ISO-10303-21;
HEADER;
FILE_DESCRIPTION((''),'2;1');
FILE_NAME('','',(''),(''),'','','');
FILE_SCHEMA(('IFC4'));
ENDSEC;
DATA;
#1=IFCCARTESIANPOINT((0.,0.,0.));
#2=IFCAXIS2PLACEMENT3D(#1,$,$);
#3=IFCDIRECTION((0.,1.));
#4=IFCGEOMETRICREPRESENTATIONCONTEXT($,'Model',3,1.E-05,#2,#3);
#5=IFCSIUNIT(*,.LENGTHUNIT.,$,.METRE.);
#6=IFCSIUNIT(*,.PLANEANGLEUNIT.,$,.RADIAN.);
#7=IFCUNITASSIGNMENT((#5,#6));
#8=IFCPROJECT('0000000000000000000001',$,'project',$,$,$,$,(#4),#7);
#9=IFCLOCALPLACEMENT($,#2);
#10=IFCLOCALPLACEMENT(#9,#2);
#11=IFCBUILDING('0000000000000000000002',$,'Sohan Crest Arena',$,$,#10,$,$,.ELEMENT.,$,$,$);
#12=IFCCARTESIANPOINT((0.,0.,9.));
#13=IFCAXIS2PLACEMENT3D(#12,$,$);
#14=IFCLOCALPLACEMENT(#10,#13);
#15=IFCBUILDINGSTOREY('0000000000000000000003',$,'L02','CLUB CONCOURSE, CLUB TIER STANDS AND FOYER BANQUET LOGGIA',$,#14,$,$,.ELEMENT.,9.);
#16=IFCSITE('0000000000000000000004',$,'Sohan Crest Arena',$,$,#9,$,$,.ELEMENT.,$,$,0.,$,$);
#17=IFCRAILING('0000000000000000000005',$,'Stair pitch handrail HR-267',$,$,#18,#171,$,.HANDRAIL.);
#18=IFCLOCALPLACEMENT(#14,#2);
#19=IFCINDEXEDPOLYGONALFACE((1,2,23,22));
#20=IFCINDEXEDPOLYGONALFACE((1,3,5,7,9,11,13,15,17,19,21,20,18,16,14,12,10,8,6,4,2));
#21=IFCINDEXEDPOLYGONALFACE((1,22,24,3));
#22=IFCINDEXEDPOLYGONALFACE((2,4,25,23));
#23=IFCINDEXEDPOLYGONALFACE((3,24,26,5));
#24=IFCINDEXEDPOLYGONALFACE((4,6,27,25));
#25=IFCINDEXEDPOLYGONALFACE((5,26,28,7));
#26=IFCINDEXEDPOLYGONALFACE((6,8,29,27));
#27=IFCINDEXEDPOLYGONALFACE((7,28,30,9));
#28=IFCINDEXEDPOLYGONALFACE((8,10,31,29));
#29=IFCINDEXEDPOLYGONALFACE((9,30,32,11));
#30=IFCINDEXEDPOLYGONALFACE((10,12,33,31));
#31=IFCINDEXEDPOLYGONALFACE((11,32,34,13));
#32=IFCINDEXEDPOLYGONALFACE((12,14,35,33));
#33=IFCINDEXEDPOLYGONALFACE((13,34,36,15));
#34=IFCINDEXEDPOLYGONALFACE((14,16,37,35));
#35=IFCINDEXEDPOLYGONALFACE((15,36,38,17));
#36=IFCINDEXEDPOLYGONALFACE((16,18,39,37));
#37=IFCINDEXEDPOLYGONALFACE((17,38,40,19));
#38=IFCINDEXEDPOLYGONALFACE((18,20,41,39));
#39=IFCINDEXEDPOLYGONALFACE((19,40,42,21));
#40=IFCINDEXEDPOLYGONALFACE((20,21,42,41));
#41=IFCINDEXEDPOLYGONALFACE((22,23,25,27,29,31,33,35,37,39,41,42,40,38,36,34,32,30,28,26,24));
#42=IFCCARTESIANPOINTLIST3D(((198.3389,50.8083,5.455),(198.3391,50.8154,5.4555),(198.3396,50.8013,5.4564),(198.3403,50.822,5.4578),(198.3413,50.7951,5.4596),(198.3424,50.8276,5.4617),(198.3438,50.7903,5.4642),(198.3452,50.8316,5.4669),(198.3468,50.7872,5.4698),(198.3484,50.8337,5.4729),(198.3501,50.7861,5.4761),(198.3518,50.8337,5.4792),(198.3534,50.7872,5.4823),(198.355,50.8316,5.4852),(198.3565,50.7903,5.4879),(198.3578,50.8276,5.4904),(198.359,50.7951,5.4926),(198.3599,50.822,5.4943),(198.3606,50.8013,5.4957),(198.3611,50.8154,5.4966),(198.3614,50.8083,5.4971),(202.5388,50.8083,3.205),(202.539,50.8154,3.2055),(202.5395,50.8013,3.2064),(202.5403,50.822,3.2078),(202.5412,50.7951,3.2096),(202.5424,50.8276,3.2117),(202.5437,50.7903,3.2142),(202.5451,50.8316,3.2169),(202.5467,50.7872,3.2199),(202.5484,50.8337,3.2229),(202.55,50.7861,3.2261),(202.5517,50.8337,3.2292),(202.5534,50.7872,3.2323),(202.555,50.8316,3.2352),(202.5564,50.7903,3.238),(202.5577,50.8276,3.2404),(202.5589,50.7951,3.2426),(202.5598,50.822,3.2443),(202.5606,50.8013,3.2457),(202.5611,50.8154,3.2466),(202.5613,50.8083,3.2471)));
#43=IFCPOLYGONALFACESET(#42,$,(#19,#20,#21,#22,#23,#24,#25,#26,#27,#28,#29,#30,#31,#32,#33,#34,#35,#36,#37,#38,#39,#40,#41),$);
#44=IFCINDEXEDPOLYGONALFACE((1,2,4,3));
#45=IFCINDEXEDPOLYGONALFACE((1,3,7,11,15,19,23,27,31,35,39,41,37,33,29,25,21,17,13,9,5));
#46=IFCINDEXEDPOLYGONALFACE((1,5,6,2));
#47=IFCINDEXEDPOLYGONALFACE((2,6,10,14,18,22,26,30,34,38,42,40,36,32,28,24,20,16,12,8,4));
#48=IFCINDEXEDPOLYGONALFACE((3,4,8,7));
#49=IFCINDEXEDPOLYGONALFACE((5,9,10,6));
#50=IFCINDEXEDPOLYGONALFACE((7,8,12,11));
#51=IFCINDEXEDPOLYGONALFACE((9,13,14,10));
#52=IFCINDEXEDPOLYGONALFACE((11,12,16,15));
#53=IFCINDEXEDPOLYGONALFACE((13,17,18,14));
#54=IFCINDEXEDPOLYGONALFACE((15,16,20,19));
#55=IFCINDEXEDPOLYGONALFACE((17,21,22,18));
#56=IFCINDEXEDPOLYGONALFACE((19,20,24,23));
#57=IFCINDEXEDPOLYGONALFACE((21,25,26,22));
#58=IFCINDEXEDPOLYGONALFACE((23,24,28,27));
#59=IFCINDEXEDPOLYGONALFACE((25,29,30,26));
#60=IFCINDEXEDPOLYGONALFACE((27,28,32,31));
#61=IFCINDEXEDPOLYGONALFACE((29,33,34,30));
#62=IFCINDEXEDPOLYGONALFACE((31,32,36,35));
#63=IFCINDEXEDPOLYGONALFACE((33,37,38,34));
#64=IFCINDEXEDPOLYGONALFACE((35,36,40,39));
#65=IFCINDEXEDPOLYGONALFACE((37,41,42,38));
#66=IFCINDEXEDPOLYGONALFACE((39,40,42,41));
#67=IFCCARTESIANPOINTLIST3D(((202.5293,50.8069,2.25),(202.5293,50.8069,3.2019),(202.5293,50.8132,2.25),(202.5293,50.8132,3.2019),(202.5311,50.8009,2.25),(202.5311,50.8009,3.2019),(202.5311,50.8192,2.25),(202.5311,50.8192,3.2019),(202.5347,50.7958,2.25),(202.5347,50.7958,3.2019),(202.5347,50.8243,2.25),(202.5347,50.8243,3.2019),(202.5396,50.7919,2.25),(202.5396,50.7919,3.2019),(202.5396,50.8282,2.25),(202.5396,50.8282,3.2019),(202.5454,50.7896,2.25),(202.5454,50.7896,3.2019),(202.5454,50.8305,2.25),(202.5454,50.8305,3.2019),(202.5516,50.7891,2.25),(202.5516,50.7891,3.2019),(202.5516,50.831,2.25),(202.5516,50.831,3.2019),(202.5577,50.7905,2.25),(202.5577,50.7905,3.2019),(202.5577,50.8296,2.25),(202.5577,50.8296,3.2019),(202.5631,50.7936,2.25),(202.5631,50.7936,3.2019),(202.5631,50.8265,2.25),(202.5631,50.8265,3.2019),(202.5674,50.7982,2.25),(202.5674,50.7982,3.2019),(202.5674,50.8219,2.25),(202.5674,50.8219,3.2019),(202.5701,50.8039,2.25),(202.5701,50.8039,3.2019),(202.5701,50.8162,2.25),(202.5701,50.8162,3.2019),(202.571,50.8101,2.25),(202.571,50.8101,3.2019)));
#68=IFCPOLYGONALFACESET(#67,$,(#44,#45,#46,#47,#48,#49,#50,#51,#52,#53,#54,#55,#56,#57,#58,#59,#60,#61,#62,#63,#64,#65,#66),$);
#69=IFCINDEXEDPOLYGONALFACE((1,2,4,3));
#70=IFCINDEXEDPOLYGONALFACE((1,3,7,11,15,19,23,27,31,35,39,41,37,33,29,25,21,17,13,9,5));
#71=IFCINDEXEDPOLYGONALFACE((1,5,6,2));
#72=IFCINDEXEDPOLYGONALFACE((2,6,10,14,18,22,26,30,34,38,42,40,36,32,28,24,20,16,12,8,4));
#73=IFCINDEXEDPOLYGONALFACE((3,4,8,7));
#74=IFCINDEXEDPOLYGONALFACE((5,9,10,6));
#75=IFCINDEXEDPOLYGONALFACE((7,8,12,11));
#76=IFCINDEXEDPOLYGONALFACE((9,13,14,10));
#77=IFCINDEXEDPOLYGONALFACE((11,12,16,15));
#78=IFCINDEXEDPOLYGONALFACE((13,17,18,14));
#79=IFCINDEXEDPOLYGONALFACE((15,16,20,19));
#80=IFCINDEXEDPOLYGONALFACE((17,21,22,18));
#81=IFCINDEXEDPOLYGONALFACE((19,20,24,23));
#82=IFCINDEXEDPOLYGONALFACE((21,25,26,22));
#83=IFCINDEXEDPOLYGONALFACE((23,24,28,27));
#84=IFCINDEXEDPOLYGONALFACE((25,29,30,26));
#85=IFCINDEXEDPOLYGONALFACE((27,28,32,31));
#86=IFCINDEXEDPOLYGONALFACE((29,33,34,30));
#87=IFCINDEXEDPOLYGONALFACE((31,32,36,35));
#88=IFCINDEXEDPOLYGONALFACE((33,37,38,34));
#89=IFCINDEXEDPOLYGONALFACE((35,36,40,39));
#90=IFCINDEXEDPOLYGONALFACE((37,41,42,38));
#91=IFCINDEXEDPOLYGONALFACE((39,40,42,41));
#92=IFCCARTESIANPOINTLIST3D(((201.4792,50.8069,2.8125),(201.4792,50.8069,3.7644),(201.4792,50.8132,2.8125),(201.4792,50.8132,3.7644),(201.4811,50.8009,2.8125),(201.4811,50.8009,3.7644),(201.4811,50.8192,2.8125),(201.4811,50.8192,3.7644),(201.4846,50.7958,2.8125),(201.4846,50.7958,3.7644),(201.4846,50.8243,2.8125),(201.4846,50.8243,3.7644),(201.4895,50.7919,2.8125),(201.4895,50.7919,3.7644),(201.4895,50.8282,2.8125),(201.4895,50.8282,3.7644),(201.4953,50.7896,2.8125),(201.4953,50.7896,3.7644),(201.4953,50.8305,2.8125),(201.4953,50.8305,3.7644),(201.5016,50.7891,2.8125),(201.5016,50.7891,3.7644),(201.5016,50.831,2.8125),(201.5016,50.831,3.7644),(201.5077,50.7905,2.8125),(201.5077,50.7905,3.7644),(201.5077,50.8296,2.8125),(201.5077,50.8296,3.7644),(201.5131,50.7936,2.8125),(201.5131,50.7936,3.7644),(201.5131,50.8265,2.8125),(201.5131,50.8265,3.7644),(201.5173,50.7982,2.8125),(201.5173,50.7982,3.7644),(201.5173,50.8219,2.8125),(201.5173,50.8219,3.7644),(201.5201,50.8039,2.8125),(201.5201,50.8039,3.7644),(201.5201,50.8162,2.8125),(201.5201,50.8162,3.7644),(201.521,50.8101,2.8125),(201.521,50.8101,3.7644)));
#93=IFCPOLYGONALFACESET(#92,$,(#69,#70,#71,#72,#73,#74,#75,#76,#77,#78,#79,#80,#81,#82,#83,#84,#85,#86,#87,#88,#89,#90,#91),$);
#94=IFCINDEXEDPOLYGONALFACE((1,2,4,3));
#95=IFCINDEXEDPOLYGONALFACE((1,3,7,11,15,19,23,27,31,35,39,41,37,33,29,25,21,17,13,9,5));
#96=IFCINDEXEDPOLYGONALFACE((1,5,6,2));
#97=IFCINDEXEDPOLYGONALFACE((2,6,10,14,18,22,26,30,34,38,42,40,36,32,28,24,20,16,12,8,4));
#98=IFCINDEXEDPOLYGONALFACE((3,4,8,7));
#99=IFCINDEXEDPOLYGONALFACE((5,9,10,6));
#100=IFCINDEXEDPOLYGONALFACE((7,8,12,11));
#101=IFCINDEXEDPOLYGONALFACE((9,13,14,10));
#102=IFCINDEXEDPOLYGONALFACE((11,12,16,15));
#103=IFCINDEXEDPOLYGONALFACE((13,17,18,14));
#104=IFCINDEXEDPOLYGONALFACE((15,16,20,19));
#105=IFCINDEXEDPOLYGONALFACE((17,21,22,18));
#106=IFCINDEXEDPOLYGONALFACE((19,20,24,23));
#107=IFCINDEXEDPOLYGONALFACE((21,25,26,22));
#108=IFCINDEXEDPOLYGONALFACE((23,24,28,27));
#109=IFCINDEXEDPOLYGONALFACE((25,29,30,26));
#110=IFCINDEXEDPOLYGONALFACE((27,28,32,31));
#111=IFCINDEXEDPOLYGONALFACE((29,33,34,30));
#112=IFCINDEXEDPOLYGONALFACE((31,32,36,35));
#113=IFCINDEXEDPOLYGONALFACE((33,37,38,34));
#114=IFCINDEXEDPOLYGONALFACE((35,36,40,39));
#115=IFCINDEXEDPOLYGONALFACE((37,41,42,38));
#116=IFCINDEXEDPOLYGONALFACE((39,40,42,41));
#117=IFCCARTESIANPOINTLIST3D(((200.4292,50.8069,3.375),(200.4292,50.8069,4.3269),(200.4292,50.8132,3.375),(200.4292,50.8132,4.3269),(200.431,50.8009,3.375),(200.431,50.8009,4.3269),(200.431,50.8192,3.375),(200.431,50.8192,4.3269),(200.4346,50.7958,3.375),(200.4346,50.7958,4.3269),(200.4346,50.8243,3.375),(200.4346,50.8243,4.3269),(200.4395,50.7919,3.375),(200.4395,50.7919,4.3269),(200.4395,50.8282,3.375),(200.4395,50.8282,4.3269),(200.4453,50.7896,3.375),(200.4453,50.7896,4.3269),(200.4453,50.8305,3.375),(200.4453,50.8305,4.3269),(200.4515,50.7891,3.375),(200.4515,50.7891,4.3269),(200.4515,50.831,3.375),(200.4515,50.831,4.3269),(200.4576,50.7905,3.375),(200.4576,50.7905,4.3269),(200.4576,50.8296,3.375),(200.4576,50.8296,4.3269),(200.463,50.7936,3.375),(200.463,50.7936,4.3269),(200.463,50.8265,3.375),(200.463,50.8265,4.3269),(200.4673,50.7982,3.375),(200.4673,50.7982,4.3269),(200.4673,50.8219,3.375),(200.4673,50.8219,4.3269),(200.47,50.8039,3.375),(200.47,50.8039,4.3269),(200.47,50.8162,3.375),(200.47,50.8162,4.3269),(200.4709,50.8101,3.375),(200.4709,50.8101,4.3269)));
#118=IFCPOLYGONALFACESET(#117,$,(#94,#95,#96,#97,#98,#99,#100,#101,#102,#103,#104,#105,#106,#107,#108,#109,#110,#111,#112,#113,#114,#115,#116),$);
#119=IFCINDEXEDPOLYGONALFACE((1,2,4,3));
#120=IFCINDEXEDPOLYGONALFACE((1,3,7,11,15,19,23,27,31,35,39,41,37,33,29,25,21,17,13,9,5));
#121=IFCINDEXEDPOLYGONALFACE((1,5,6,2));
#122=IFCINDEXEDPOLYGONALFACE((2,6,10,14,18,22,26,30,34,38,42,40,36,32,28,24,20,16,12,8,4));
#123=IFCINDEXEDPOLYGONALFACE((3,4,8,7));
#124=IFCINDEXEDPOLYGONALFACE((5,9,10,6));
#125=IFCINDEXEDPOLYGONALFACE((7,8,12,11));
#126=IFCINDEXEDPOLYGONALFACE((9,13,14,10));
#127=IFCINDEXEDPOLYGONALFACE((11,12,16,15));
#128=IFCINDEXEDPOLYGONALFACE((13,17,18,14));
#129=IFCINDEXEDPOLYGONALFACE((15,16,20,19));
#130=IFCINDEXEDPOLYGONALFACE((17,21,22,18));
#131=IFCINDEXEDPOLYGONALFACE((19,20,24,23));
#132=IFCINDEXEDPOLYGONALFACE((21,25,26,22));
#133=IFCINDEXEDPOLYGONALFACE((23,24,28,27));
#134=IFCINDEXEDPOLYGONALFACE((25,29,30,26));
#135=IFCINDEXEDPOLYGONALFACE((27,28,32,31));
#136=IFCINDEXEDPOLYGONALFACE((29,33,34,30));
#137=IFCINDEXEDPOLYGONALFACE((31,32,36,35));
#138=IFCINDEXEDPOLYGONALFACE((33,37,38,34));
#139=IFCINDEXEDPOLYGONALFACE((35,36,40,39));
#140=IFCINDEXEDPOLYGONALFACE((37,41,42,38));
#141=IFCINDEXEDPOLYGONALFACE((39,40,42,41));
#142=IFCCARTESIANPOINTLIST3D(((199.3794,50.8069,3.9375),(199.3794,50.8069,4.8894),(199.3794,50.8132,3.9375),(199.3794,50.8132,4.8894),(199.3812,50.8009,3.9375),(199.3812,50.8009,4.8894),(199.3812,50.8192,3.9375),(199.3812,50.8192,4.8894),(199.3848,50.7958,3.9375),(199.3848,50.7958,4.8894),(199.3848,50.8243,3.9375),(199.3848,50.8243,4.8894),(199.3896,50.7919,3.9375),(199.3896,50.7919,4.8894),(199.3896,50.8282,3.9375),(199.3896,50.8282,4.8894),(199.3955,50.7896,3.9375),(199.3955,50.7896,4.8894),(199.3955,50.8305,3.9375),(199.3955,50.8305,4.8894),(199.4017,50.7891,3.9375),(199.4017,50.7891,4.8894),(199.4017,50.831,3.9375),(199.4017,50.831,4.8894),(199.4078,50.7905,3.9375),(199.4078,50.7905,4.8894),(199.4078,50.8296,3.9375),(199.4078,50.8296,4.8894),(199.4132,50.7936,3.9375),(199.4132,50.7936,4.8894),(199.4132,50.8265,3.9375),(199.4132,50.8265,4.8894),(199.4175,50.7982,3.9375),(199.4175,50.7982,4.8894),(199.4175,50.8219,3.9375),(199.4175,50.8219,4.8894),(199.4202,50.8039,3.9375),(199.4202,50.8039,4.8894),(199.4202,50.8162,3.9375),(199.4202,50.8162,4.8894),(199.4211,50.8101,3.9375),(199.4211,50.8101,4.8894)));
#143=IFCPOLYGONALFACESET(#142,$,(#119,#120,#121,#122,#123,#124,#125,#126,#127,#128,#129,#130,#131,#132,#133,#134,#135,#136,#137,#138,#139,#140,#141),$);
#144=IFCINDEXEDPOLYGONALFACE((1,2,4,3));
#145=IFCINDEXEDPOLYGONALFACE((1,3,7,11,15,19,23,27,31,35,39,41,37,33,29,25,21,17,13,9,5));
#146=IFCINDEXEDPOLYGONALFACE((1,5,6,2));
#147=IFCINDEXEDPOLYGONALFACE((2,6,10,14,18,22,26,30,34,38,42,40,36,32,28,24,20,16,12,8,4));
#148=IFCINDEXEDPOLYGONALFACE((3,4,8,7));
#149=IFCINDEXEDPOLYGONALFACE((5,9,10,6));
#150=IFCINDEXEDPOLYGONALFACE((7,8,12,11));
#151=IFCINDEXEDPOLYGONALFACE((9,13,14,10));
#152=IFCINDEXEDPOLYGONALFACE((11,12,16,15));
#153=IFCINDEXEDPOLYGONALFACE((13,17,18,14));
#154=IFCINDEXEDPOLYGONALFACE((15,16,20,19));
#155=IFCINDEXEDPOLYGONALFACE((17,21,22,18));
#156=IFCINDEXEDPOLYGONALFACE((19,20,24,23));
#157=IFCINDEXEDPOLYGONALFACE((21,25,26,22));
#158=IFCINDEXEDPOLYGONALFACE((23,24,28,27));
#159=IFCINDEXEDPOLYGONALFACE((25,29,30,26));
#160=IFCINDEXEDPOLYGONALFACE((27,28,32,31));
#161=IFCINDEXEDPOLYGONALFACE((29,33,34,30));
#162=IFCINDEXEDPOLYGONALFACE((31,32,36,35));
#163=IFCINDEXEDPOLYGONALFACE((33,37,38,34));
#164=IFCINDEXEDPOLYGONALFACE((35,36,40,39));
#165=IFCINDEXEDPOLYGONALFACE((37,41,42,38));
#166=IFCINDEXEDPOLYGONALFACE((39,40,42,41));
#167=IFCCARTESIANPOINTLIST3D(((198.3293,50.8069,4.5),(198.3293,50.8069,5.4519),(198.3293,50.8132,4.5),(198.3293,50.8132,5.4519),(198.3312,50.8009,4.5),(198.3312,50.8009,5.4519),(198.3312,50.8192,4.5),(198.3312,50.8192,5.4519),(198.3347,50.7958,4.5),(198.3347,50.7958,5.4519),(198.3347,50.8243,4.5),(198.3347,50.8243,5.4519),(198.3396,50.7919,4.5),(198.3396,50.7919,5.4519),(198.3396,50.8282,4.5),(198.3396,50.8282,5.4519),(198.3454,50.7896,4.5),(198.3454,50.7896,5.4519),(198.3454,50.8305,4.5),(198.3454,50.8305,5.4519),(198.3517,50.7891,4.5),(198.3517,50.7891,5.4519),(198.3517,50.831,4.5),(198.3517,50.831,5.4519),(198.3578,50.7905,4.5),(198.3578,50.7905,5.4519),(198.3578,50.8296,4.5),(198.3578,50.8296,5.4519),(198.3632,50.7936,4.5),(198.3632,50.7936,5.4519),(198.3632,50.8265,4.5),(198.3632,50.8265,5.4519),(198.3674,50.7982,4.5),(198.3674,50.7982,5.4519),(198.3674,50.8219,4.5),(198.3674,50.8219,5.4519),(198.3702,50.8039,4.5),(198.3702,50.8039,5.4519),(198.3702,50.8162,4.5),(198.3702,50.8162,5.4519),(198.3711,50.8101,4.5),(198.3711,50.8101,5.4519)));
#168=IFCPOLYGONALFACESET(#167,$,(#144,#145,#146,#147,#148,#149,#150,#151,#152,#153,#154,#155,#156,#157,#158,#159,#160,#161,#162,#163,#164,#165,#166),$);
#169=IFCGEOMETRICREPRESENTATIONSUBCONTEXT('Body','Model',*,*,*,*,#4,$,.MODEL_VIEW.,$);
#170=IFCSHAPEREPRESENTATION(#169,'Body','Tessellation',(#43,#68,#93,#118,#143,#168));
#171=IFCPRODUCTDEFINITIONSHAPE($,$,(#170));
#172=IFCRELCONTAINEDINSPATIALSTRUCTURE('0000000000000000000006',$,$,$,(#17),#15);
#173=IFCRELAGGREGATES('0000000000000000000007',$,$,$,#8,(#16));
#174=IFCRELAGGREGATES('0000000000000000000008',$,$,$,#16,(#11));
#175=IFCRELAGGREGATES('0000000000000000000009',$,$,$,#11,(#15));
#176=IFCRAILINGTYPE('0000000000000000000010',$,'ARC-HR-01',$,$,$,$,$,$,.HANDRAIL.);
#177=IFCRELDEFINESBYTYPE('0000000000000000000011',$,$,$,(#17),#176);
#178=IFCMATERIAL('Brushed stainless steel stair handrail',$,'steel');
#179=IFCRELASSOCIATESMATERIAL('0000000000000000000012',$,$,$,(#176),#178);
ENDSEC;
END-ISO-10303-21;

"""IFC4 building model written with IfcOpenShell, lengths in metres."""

from ifc_helpers import new_model, si_unit, direction, frame, origin, origin_2d, place, context, subcontext, project, spatial, circle, extrude, material, type_object, element, save


model = new_model("IFC4")

# Units and contexts
model_context = context("Model", 3, precision=1e-05, world=origin(), true_north=direction((0.0, 1.0)))
body_context = subcontext(model_context, "Body", "Model", "MODEL_VIEW")
ifc_project = project(units=[si_unit("LENGTHUNIT", "METRE"), si_unit("PLANEANGLEUNIT", "RADIAN")], contexts=[model_context])

# Site, building, storey
site_placement = place(None, origin())
site = spatial("IfcSite", under=ifc_project, at=site_placement, Name="Sohan Crest Arena", CompositionType="ELEMENT", RefElevation=0.0)
building_placement = place(site_placement, origin())
building = spatial("IfcBuilding", under=site, at=building_placement, Name="Sohan Crest Arena", CompositionType="ELEMENT")
storey_placement = place(building_placement, frame((0.0, 0.0, 9.0)))
storey = spatial("IfcBuildingStorey", under=building, at=storey_placement, Name="L02", Description="CLUB CONCOURSE, CLUB TIER STANDS AND FOYER BANQUET LOGGIA", CompositionType="ELEMENT", Elevation=9.0)

# Railing
ifc_material_1 = material(Name="Brushed stainless steel stair handrail", Category="steel")
railing_type = type_object("IfcRailingType", Name="ARC-HR-01", PredefinedType="HANDRAIL", material=ifc_material_1)
railing_1_placement = place(storey_placement, frame((202.55, 50.8101, 2.25)))
element("IfcRailing", 1, at=railing_1_placement, inside=storey, type_object=railing_type, Name="Stair pitch handrail HR-267", PredefinedType="HANDRAIL", context=body_context, shape_type="SweptSolid", body=[
    extrude(circle(Radius=0.0239, at=origin_2d()), frame((0.0, 0.0, 0.9761), z_axis=(-0.881478, 0.0, 0.472226), x_axis=(0.0, -1.0, 0.0)), (0.0, 0.0, 1.0), 4.7646),
    extrude(circle(Radius=0.021, at=origin_2d()), origin(), (0.0, 0.0, 1.0), 0.9519),
    extrude(circle(Radius=0.021, at=origin_2d()), frame((-1.05, 0.0, 0.5625)), (0.0, 0.0, 1.0), 0.9519),
    extrude(circle(Radius=0.021, at=origin_2d()), frame((-2.1001, 0.0, 1.125)), (0.0, 0.0, 1.0), 0.9519),
    extrude(circle(Radius=0.021, at=origin_2d()), frame((-3.1499, 0.0, 1.6875)), (0.0, 0.0, 1.0), 0.9519),
    extrude(circle(Radius=0.021, at=origin_2d()), frame((-4.2, 0.0, 2.25)), (0.0, 0.0, 1.0), 0.9519),
])

save(model, "model.ifc")
